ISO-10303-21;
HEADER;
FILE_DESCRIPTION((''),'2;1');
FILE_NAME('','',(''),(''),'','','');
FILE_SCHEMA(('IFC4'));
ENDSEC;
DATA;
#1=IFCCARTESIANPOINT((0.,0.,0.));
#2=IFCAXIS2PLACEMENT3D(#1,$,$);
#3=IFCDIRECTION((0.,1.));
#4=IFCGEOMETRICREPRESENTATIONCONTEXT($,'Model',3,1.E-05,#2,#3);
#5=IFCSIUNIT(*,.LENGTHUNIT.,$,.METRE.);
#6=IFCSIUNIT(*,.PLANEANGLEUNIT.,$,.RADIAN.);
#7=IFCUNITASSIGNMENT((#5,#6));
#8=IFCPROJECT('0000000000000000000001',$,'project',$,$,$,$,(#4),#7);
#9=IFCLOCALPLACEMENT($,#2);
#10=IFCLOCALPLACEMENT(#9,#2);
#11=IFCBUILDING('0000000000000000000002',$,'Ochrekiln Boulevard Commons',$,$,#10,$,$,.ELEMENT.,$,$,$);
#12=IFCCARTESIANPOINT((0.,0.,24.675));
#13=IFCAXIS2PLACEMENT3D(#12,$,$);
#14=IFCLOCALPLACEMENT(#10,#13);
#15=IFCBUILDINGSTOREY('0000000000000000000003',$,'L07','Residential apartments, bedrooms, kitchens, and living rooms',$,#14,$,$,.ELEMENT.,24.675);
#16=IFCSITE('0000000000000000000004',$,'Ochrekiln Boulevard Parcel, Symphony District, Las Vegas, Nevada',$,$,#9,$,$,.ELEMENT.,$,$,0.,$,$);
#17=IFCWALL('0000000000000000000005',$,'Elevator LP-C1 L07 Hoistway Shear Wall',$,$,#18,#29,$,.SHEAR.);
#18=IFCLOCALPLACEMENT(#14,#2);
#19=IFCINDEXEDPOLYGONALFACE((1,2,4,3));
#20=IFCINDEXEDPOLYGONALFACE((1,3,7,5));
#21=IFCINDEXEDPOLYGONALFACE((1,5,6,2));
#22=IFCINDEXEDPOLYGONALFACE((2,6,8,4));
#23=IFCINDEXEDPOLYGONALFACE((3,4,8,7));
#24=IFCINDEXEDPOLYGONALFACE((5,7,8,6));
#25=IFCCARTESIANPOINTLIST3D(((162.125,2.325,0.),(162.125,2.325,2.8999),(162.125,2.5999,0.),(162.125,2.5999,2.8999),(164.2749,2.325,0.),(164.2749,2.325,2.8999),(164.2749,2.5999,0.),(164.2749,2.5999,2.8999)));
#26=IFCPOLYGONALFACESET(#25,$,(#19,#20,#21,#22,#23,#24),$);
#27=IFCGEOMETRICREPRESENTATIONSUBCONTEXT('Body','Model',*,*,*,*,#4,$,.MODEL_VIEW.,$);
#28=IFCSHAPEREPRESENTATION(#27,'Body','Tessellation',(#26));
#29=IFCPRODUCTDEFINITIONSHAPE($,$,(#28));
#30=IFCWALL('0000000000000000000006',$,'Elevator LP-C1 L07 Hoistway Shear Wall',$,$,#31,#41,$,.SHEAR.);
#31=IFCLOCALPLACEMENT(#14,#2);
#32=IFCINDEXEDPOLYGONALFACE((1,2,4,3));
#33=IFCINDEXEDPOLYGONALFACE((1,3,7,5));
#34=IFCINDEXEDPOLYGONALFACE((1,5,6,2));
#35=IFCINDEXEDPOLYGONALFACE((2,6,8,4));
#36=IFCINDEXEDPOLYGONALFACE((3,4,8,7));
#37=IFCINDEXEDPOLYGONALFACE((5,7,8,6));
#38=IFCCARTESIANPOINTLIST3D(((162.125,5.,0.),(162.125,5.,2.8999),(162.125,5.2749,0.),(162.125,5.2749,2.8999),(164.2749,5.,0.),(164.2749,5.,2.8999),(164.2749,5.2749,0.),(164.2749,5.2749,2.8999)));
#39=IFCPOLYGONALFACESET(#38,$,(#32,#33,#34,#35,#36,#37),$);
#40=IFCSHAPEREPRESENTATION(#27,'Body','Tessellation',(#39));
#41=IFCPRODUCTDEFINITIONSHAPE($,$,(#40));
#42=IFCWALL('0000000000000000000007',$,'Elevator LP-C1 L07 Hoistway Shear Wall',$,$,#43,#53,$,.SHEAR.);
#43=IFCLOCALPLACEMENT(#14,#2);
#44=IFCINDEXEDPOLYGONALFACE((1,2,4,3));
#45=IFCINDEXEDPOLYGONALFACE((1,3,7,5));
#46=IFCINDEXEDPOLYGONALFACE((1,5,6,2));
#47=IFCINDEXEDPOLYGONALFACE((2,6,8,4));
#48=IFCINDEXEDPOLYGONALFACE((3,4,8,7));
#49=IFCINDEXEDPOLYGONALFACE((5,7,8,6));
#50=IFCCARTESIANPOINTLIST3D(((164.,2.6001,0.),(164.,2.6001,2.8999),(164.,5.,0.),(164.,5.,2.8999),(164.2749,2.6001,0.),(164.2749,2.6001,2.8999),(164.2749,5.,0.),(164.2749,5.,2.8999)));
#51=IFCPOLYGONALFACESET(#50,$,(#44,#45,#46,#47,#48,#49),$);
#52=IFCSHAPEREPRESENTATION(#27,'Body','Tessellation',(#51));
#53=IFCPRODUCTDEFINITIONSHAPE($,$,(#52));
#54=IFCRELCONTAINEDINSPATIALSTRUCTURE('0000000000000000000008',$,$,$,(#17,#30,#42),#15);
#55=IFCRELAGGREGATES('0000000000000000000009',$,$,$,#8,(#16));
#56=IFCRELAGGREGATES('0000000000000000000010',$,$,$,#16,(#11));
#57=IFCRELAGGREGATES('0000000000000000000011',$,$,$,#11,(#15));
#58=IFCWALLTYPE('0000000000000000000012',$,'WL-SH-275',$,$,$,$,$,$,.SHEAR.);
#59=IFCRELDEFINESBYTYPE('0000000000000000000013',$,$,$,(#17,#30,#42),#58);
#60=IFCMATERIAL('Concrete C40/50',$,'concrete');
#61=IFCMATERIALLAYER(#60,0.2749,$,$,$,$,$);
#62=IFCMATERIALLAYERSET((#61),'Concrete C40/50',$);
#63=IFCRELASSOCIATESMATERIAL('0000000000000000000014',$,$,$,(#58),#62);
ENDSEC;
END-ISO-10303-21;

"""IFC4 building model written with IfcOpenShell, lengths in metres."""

from ifc_helpers import new_model, si_unit, direction, frame, frame_2d, origin, place, context, subcontext, project, spatial, rectangle, extrude, material, layer, layer_set, type_object, element, save


model = new_model("IFC4")

# Units and contexts
model_context = context("Model", 3, precision=1e-05, world=origin(), true_north=direction((0.0, 1.0)))
body_context = subcontext(model_context, "Body", "Model", "MODEL_VIEW")
ifc_project = project(units=[si_unit("LENGTHUNIT", "METRE"), si_unit("PLANEANGLEUNIT", "RADIAN")], contexts=[model_context])

# Site, building, storey
site_placement = place(None, origin())
site = spatial("IfcSite", under=ifc_project, at=site_placement, Name="Ochrekiln Boulevard Parcel, Symphony District, Las Vegas, Nevada", CompositionType="ELEMENT", RefElevation=0.0)
building_placement = place(site_placement, origin())
building = spatial("IfcBuilding", under=site, at=building_placement, Name="Ochrekiln Boulevard Commons", CompositionType="ELEMENT")
storey_placement = place(building_placement, frame((0.0, 0.0, 24.675)))
storey = spatial("IfcBuildingStorey", under=building, at=storey_placement, Name="L07", Description="Residential apartments, bedrooms, kitchens, and living rooms", CompositionType="ELEMENT", Elevation=24.675)

# Shared definitions
ifc_material_1 = material(Name="Concrete C40/50", Category="concrete")

# Walls
ifc_layer_1 = layer(ifc_material_1, 0.2749)
ifc_layer_set_1 = layer_set([ifc_layer_1], Name="Concrete C40/50")
wall_type_1 = type_object("IfcWallType", Name="WL-SH-275", PredefinedType="SHEAR", material=ifc_layer_set_1)
for number, where, z_axis, x_axis, name in (
    (1, (162.125, 2.4624, 0.0), (0.0, 0.0, 1.0), (1.0, 0.0, 0.0), "Elevator LP-C1 L07 Hoistway Shear Wall"),
    (2, (162.125, 5.1375, 0.0), (0.0, 0.0, 1.0), (1.0, 0.0, 0.0), "Elevator LP-C1 L07 Hoistway Shear Wall"),
):
    element("IfcWall", number, at=place(storey_placement, frame(where, z_axis=z_axis, x_axis=x_axis)), inside=storey, type_object=wall_type_1, Name=name, PredefinedType="SHEAR", context=body_context, shape_type="SweptSolid", body=[
        extrude(rectangle(XDim=2.1499, YDim=0.2749, at=frame_2d((1.075, 0.0))), origin(), (0.0, 0.0, 1.0), 2.8999),
    ])

# Wall
wall_1_placement = place(storey_placement, frame((164.1375, 2.6001, 0.0), z_axis=(0.0, 0.0, 1.0), x_axis=(0.0, 1.0, 0.0)))
element("IfcWall", 3, at=wall_1_placement, inside=storey, type_object=wall_type_1, Name="Elevator LP-C1 L07 Hoistway Shear Wall", PredefinedType="SHEAR", context=body_context, shape_type="SweptSolid", body=[
    extrude(rectangle(XDim=2.3999, YDim=0.2749, at=frame_2d((1.2, 0.0))), origin(), (0.0, 0.0, 1.0), 2.8999),
])

save(model, "model.ifc")
